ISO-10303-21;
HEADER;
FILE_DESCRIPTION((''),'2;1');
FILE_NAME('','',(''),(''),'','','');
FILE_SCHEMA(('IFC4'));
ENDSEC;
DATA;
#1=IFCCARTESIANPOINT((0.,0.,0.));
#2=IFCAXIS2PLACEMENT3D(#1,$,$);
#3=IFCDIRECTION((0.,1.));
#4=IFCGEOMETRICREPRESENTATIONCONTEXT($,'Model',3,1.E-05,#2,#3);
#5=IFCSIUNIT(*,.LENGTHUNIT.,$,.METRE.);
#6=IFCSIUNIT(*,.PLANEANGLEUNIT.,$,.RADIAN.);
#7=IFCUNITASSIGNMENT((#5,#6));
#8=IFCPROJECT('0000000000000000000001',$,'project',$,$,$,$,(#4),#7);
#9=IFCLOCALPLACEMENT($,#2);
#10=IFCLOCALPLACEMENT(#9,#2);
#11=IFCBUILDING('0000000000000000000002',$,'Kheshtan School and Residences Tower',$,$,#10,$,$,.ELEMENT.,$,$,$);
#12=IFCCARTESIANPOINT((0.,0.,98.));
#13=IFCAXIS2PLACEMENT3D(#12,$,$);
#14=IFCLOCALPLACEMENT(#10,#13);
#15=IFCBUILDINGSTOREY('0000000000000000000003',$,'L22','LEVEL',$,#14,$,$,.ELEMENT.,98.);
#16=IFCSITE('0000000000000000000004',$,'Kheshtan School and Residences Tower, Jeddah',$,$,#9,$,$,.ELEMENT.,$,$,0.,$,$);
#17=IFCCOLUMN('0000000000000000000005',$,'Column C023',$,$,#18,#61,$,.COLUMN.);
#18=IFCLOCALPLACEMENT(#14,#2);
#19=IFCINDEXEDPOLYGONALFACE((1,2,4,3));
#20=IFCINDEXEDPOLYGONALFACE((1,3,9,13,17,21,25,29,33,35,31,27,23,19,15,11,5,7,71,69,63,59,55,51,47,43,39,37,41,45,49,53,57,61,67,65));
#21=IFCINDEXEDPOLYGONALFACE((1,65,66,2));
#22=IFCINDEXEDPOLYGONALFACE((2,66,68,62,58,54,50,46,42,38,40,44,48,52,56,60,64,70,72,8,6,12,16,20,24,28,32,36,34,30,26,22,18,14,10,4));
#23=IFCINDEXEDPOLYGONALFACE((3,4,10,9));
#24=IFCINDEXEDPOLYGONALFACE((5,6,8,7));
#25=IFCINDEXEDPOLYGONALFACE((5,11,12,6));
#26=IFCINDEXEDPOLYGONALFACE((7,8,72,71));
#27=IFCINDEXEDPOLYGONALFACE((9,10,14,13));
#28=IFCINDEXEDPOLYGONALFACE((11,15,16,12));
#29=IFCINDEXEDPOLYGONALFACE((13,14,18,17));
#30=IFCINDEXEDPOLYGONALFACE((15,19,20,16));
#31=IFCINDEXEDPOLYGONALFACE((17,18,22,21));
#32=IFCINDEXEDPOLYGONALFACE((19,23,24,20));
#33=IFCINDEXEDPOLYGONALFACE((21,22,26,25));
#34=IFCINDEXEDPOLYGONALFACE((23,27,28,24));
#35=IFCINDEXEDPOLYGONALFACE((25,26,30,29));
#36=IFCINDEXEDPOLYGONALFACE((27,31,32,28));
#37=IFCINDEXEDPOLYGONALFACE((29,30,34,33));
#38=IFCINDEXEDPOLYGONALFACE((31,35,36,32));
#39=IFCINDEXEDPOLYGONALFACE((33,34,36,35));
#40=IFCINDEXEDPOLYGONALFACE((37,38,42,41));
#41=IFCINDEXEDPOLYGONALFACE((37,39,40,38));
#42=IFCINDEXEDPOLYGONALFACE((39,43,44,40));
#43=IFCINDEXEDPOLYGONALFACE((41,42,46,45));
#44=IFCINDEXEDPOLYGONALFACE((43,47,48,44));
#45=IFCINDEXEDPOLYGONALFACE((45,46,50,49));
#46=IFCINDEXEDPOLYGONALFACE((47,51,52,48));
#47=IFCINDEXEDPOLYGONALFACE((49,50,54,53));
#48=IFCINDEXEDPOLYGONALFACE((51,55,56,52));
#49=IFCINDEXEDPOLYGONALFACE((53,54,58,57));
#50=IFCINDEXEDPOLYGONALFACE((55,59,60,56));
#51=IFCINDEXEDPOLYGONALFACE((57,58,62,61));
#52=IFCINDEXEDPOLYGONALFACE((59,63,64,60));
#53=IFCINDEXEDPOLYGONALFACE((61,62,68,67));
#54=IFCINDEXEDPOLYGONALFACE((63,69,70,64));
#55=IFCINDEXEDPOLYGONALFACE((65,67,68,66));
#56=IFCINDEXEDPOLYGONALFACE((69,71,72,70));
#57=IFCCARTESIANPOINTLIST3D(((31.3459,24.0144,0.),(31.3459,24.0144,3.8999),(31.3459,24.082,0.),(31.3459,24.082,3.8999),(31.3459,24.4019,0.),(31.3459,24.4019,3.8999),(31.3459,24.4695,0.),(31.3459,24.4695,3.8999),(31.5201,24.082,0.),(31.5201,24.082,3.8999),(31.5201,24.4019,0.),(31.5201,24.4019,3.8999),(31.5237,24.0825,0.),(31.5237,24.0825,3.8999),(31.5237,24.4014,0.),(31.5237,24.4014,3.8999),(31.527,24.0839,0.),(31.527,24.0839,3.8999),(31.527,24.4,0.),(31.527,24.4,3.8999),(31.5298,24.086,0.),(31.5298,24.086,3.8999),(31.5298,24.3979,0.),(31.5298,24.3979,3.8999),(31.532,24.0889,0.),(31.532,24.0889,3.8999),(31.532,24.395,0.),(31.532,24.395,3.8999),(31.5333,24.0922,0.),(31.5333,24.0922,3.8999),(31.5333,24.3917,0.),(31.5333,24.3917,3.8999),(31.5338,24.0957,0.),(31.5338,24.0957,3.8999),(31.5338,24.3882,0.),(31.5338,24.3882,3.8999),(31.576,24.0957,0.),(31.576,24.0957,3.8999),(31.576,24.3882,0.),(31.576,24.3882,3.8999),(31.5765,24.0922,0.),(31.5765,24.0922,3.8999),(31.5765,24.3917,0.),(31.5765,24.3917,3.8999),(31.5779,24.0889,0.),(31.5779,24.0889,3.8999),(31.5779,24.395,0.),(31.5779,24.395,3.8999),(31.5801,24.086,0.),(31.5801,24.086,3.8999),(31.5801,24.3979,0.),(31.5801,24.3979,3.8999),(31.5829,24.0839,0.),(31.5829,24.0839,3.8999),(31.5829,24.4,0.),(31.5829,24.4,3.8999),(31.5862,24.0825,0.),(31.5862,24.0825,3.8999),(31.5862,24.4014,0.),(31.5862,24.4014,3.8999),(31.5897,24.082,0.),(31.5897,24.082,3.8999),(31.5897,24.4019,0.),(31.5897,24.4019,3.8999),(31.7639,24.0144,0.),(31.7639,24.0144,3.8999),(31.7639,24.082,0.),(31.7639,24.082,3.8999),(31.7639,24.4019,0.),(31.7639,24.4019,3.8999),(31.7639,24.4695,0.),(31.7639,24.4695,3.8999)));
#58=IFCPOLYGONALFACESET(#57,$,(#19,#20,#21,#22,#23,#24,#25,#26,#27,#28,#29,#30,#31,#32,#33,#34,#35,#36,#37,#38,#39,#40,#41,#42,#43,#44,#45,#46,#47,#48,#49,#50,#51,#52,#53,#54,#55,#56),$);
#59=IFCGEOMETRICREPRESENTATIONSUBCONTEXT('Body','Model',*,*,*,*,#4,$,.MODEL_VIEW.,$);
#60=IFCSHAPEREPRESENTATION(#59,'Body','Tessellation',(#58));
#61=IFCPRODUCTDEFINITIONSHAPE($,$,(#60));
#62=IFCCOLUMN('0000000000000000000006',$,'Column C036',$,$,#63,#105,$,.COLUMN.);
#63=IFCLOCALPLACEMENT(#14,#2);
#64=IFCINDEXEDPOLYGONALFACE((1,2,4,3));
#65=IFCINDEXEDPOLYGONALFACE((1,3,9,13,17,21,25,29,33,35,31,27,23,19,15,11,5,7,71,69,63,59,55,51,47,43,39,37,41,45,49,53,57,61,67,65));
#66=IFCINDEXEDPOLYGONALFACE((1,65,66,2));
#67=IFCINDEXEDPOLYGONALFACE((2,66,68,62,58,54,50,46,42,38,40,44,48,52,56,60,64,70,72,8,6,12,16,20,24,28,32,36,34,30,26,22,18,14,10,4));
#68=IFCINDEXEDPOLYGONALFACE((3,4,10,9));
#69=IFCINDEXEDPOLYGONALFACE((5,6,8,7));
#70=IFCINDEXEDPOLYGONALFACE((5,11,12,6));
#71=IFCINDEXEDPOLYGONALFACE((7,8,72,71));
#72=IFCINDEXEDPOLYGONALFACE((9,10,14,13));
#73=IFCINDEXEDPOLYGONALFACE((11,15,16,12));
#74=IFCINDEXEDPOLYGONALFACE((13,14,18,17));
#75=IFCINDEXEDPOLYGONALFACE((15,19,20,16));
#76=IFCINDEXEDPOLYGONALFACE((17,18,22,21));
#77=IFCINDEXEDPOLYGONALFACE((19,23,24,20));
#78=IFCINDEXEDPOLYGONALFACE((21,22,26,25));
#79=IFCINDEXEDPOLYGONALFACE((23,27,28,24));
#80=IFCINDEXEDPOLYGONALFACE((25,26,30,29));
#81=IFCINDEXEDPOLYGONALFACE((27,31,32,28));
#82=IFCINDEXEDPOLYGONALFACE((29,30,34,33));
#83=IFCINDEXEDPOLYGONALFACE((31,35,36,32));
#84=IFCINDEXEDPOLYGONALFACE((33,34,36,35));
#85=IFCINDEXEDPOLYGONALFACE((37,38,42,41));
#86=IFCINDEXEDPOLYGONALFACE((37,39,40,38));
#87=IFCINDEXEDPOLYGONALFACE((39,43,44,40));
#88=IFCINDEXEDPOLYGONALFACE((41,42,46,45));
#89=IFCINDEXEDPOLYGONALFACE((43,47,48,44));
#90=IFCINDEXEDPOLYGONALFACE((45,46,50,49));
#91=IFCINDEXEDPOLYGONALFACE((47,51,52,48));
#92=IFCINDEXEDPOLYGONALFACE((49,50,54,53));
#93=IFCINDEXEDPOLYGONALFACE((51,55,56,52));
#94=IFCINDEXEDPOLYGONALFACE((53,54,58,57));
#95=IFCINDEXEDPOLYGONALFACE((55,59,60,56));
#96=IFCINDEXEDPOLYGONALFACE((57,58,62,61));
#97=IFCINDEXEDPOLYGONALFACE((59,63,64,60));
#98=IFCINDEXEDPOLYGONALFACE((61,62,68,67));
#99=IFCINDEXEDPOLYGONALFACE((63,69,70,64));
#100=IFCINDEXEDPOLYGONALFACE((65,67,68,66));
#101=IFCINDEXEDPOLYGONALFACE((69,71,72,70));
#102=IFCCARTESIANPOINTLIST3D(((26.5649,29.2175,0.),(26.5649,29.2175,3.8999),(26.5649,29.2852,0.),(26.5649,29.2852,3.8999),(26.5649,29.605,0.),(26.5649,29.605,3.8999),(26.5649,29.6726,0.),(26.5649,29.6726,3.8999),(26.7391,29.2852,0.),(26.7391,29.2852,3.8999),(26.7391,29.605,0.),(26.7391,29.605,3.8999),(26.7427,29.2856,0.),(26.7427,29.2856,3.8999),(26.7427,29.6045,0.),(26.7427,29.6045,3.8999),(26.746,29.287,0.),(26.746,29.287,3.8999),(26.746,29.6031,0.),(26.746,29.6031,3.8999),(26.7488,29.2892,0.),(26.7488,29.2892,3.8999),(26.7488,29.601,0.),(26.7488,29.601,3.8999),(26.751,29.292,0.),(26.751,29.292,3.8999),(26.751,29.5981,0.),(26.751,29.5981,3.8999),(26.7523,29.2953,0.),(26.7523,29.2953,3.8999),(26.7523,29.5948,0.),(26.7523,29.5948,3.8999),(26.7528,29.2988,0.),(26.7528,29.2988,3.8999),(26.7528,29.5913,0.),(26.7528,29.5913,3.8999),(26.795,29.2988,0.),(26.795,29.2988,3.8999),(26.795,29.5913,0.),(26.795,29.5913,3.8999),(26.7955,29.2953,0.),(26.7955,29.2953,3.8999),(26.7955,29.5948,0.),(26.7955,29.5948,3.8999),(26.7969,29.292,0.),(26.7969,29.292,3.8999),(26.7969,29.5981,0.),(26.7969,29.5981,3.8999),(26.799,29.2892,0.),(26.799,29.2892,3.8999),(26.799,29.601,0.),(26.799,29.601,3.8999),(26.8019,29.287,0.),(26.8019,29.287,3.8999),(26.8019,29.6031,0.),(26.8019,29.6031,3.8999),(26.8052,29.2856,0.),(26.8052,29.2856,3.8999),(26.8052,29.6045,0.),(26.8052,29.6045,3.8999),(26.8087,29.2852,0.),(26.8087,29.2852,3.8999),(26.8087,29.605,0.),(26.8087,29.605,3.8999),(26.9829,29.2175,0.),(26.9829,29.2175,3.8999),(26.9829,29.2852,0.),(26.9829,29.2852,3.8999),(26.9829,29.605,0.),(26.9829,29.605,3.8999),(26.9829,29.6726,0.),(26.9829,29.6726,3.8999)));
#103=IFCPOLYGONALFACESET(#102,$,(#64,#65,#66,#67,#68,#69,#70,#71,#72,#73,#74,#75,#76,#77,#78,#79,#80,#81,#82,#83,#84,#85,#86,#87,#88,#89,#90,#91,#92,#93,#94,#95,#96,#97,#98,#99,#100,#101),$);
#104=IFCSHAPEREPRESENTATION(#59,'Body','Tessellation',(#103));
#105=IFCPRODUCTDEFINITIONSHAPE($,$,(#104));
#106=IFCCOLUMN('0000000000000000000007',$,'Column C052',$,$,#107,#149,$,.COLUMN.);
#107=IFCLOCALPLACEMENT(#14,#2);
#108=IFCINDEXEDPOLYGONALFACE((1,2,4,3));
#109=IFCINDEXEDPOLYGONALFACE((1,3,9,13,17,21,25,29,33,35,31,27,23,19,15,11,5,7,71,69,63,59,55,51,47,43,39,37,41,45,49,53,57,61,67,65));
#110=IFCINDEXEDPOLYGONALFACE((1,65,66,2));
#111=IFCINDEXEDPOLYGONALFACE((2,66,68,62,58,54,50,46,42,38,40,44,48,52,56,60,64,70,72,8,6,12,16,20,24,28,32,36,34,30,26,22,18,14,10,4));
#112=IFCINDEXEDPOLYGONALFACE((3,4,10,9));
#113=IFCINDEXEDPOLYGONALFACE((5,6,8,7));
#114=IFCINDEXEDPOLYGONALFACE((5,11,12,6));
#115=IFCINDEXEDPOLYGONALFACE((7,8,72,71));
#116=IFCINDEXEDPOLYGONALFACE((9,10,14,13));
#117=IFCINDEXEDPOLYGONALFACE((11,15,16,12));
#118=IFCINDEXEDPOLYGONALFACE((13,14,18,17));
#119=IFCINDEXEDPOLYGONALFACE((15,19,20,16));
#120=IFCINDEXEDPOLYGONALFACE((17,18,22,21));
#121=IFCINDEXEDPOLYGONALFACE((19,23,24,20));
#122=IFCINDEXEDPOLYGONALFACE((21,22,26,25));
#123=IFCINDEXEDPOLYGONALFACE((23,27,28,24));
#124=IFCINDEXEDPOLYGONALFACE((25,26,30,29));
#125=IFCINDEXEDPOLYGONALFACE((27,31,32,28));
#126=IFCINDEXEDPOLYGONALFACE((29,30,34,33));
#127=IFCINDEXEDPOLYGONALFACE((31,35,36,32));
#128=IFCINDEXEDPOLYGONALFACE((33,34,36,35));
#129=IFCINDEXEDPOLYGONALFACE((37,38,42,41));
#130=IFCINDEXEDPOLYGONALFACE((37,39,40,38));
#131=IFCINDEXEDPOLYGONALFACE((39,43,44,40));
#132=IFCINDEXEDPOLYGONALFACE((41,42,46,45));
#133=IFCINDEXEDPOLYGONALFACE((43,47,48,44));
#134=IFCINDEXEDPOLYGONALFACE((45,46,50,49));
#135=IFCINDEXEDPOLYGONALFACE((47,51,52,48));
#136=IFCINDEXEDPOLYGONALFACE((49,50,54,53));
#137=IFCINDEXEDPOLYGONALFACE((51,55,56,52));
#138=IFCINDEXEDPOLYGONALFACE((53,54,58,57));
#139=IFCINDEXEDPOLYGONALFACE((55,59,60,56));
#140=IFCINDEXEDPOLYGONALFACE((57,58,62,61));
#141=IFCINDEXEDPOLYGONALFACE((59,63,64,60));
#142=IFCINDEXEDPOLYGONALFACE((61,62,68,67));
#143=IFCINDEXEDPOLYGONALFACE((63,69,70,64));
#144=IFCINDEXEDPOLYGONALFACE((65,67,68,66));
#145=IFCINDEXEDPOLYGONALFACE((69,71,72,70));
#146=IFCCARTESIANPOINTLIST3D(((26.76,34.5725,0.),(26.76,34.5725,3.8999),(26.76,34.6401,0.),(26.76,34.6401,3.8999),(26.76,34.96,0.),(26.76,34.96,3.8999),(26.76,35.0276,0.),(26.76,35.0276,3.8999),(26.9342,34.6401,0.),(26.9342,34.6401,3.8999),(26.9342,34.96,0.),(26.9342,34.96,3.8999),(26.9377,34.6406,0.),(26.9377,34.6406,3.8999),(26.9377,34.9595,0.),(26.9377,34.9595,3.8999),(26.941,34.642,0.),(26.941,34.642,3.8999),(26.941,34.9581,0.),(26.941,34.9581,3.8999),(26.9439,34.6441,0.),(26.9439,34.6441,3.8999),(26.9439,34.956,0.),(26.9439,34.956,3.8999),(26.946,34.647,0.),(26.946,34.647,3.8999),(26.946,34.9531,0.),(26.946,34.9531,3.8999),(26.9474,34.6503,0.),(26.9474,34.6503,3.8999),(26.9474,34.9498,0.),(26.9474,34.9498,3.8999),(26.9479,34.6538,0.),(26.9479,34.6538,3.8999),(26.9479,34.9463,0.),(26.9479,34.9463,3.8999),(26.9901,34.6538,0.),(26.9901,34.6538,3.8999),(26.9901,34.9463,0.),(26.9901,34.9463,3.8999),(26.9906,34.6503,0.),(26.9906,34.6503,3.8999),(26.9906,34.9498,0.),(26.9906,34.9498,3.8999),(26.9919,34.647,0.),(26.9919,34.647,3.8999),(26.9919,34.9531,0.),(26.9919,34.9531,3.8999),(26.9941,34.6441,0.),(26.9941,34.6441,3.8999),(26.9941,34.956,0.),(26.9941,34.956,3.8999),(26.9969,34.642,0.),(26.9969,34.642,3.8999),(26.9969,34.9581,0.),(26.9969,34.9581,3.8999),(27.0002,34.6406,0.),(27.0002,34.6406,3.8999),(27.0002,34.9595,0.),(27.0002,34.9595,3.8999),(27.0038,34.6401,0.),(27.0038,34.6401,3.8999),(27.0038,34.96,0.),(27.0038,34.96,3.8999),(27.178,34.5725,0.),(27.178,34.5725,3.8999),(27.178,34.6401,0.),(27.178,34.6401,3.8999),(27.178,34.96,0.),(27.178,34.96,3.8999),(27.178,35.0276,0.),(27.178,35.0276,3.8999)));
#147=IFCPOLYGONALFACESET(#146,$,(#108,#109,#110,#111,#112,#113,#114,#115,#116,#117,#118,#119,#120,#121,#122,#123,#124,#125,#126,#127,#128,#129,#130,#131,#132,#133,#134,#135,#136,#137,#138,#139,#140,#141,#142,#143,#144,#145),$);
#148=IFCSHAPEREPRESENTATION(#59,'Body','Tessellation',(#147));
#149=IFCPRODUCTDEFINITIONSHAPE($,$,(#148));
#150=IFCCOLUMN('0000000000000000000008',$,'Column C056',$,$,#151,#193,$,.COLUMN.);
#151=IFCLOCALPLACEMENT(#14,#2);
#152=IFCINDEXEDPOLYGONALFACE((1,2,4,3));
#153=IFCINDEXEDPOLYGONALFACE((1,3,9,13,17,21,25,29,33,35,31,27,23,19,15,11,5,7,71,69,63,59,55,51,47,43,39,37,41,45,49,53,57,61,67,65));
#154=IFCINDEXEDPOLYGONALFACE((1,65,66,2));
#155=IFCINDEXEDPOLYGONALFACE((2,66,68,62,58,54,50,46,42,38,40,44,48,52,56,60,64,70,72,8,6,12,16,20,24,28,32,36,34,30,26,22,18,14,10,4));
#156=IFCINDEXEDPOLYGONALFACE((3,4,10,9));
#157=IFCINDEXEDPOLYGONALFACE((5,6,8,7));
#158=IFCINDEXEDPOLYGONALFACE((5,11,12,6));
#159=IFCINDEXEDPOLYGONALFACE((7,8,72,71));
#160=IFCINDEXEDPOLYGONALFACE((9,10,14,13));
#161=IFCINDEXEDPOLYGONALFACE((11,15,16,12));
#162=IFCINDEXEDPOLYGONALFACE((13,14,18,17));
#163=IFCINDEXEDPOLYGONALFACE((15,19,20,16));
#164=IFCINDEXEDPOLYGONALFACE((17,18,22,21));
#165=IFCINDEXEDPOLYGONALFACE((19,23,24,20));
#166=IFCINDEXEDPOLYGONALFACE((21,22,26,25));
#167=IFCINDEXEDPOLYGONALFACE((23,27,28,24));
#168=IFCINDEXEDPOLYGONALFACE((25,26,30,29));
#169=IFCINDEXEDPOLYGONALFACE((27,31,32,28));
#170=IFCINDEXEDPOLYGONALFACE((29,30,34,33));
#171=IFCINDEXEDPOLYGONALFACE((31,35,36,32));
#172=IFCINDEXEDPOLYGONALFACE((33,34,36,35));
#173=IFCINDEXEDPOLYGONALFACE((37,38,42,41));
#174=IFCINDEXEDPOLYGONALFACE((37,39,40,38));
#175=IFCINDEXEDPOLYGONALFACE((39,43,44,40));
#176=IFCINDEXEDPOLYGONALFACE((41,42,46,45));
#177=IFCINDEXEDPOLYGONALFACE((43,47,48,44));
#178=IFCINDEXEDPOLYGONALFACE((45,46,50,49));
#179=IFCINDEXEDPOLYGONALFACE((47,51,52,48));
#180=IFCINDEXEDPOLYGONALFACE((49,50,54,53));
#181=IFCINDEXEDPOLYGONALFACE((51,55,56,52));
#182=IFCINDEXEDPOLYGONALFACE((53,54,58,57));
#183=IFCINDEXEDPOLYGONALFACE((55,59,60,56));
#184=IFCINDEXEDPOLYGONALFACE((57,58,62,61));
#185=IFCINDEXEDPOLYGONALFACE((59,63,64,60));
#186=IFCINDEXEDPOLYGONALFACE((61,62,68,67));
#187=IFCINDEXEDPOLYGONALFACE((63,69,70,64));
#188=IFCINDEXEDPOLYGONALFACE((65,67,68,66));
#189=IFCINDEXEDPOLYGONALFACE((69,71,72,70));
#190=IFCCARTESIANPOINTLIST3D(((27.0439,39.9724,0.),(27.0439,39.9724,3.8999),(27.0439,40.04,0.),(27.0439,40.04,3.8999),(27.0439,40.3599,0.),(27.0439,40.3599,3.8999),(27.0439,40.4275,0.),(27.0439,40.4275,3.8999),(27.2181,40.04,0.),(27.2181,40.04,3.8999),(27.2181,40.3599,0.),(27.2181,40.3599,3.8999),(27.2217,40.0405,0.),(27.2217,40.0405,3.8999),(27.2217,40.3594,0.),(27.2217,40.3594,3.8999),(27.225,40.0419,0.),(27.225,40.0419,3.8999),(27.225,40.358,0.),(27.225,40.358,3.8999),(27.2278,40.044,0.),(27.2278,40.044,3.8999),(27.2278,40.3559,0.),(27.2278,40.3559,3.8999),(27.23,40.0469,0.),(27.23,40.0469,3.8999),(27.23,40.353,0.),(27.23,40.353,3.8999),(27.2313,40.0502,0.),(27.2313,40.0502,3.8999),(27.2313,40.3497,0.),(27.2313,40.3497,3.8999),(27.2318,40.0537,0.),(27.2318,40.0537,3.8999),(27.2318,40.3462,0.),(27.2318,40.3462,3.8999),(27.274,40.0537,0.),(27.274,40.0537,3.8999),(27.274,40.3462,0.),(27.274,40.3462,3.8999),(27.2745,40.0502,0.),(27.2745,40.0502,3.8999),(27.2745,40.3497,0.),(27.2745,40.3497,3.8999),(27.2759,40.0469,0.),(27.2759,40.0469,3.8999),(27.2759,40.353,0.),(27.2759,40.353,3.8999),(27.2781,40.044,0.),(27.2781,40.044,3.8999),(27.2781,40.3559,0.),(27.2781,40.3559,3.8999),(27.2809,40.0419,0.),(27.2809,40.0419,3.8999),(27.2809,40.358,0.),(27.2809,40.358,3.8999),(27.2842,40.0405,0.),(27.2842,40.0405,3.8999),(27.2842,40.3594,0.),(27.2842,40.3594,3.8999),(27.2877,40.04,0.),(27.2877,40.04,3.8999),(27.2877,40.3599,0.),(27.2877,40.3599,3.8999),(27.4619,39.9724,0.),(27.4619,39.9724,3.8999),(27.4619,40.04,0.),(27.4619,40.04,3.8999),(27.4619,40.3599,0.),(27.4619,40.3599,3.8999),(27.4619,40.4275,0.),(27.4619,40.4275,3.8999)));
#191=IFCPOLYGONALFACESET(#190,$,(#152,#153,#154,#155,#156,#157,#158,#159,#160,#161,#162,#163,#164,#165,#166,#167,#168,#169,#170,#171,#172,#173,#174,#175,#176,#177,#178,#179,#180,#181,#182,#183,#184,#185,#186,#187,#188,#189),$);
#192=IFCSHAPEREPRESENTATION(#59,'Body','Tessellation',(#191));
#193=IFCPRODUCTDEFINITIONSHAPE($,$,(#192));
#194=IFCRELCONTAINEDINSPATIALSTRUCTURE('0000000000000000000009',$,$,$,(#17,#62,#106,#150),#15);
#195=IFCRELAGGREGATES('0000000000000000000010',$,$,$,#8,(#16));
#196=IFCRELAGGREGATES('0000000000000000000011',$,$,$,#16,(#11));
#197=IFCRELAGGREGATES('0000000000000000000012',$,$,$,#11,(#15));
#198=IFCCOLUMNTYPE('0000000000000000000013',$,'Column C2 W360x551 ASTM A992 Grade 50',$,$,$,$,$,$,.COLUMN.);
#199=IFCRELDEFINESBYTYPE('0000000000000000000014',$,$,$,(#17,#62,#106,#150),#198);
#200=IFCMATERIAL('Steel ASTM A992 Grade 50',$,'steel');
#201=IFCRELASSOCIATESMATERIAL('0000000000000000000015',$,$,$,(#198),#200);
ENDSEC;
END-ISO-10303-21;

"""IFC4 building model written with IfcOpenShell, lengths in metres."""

from ifc_helpers import new_model, si_unit, direction, frame, origin, origin_2d, place, context, subcontext, project, spatial, i_section, extrude, material, material_profile, profile_set, type_object, element, save


model = new_model("IFC4")

# Units and contexts
model_context = context("Model", 3, precision=1e-05, world=origin(), true_north=direction((0.0, 1.0)))
body_context = subcontext(model_context, "Body", "Model", "MODEL_VIEW")
ifc_project = project(units=[si_unit("LENGTHUNIT", "METRE"), si_unit("PLANEANGLEUNIT", "RADIAN")], contexts=[model_context])

# Site, building, storey
site_placement = place(None, origin())
site = spatial("IfcSite", under=ifc_project, at=site_placement, Name="Kheshtan School and Residences Tower, Jeddah", CompositionType="ELEMENT", RefElevation=0.0)
building_placement = place(site_placement, origin())
building = spatial("IfcBuilding", under=site, at=building_placement, Name="Kheshtan School and Residences Tower", CompositionType="ELEMENT")
storey_placement = place(building_placement, frame((0.0, 0.0, 98.0)))
storey = spatial("IfcBuildingStorey", under=building, at=storey_placement, Name="L22", Description="LEVEL", CompositionType="ELEMENT", Elevation=98.0)

# Columns
ifc_material_1 = material(Name="Steel ASTM A992 Grade 50", Category="steel")
ifc_material_profile_1 = material_profile(ifc_material_1, i_section(OverallWidth=0.418, OverallDepth=0.4551, WebThickness=0.0422, FlangeThickness=0.0676, FilletRadius=0.0137, at=origin_2d()), Name="W360x551")
ifc_profile_set_1 = profile_set([ifc_material_profile_1], Name="Steel ASTM A992 Grade 50")
column_type = type_object("IfcColumnType", Name="Column C2 W360x551 ASTM A992 Grade 50", PredefinedType="COLUMN", material=ifc_profile_set_1)
for number, where, z_axis, x_axis, name in (
    (1, (31.5549, 24.2419, 0.0), (0.0, 0.0, 1.0), (1.0, 0.0, 0.0), "Column C023"),
    (2, (26.7739, 29.4451, 0.0), (0.0, 0.0, 1.0), (1.0, 0.0, 0.0), "Column C036"),
    (3, (26.969, 34.8, 0.0), (0.0, 0.0, 1.0), (1.0, 0.0, 0.0), "Column C052"),
    (4, (27.2529, 40.2, 0.0), (0.0, 0.0, 1.0), (1.0, 0.0, 0.0), "Column C056"),
):
    element("IfcColumn", number, at=place(storey_placement, frame(where, z_axis=z_axis, x_axis=x_axis)), inside=storey, type_object=column_type, Name=name, PredefinedType="COLUMN", context=body_context, shape_type="SweptSolid", body=[
        extrude(i_section(OverallWidth=0.418, OverallDepth=0.4551, WebThickness=0.0422, FlangeThickness=0.0676, FilletRadius=0.0137, at=origin_2d()), origin(), (0.0, 0.0, 1.0), 3.8999),
    ])

save(model, "model.ifc")
